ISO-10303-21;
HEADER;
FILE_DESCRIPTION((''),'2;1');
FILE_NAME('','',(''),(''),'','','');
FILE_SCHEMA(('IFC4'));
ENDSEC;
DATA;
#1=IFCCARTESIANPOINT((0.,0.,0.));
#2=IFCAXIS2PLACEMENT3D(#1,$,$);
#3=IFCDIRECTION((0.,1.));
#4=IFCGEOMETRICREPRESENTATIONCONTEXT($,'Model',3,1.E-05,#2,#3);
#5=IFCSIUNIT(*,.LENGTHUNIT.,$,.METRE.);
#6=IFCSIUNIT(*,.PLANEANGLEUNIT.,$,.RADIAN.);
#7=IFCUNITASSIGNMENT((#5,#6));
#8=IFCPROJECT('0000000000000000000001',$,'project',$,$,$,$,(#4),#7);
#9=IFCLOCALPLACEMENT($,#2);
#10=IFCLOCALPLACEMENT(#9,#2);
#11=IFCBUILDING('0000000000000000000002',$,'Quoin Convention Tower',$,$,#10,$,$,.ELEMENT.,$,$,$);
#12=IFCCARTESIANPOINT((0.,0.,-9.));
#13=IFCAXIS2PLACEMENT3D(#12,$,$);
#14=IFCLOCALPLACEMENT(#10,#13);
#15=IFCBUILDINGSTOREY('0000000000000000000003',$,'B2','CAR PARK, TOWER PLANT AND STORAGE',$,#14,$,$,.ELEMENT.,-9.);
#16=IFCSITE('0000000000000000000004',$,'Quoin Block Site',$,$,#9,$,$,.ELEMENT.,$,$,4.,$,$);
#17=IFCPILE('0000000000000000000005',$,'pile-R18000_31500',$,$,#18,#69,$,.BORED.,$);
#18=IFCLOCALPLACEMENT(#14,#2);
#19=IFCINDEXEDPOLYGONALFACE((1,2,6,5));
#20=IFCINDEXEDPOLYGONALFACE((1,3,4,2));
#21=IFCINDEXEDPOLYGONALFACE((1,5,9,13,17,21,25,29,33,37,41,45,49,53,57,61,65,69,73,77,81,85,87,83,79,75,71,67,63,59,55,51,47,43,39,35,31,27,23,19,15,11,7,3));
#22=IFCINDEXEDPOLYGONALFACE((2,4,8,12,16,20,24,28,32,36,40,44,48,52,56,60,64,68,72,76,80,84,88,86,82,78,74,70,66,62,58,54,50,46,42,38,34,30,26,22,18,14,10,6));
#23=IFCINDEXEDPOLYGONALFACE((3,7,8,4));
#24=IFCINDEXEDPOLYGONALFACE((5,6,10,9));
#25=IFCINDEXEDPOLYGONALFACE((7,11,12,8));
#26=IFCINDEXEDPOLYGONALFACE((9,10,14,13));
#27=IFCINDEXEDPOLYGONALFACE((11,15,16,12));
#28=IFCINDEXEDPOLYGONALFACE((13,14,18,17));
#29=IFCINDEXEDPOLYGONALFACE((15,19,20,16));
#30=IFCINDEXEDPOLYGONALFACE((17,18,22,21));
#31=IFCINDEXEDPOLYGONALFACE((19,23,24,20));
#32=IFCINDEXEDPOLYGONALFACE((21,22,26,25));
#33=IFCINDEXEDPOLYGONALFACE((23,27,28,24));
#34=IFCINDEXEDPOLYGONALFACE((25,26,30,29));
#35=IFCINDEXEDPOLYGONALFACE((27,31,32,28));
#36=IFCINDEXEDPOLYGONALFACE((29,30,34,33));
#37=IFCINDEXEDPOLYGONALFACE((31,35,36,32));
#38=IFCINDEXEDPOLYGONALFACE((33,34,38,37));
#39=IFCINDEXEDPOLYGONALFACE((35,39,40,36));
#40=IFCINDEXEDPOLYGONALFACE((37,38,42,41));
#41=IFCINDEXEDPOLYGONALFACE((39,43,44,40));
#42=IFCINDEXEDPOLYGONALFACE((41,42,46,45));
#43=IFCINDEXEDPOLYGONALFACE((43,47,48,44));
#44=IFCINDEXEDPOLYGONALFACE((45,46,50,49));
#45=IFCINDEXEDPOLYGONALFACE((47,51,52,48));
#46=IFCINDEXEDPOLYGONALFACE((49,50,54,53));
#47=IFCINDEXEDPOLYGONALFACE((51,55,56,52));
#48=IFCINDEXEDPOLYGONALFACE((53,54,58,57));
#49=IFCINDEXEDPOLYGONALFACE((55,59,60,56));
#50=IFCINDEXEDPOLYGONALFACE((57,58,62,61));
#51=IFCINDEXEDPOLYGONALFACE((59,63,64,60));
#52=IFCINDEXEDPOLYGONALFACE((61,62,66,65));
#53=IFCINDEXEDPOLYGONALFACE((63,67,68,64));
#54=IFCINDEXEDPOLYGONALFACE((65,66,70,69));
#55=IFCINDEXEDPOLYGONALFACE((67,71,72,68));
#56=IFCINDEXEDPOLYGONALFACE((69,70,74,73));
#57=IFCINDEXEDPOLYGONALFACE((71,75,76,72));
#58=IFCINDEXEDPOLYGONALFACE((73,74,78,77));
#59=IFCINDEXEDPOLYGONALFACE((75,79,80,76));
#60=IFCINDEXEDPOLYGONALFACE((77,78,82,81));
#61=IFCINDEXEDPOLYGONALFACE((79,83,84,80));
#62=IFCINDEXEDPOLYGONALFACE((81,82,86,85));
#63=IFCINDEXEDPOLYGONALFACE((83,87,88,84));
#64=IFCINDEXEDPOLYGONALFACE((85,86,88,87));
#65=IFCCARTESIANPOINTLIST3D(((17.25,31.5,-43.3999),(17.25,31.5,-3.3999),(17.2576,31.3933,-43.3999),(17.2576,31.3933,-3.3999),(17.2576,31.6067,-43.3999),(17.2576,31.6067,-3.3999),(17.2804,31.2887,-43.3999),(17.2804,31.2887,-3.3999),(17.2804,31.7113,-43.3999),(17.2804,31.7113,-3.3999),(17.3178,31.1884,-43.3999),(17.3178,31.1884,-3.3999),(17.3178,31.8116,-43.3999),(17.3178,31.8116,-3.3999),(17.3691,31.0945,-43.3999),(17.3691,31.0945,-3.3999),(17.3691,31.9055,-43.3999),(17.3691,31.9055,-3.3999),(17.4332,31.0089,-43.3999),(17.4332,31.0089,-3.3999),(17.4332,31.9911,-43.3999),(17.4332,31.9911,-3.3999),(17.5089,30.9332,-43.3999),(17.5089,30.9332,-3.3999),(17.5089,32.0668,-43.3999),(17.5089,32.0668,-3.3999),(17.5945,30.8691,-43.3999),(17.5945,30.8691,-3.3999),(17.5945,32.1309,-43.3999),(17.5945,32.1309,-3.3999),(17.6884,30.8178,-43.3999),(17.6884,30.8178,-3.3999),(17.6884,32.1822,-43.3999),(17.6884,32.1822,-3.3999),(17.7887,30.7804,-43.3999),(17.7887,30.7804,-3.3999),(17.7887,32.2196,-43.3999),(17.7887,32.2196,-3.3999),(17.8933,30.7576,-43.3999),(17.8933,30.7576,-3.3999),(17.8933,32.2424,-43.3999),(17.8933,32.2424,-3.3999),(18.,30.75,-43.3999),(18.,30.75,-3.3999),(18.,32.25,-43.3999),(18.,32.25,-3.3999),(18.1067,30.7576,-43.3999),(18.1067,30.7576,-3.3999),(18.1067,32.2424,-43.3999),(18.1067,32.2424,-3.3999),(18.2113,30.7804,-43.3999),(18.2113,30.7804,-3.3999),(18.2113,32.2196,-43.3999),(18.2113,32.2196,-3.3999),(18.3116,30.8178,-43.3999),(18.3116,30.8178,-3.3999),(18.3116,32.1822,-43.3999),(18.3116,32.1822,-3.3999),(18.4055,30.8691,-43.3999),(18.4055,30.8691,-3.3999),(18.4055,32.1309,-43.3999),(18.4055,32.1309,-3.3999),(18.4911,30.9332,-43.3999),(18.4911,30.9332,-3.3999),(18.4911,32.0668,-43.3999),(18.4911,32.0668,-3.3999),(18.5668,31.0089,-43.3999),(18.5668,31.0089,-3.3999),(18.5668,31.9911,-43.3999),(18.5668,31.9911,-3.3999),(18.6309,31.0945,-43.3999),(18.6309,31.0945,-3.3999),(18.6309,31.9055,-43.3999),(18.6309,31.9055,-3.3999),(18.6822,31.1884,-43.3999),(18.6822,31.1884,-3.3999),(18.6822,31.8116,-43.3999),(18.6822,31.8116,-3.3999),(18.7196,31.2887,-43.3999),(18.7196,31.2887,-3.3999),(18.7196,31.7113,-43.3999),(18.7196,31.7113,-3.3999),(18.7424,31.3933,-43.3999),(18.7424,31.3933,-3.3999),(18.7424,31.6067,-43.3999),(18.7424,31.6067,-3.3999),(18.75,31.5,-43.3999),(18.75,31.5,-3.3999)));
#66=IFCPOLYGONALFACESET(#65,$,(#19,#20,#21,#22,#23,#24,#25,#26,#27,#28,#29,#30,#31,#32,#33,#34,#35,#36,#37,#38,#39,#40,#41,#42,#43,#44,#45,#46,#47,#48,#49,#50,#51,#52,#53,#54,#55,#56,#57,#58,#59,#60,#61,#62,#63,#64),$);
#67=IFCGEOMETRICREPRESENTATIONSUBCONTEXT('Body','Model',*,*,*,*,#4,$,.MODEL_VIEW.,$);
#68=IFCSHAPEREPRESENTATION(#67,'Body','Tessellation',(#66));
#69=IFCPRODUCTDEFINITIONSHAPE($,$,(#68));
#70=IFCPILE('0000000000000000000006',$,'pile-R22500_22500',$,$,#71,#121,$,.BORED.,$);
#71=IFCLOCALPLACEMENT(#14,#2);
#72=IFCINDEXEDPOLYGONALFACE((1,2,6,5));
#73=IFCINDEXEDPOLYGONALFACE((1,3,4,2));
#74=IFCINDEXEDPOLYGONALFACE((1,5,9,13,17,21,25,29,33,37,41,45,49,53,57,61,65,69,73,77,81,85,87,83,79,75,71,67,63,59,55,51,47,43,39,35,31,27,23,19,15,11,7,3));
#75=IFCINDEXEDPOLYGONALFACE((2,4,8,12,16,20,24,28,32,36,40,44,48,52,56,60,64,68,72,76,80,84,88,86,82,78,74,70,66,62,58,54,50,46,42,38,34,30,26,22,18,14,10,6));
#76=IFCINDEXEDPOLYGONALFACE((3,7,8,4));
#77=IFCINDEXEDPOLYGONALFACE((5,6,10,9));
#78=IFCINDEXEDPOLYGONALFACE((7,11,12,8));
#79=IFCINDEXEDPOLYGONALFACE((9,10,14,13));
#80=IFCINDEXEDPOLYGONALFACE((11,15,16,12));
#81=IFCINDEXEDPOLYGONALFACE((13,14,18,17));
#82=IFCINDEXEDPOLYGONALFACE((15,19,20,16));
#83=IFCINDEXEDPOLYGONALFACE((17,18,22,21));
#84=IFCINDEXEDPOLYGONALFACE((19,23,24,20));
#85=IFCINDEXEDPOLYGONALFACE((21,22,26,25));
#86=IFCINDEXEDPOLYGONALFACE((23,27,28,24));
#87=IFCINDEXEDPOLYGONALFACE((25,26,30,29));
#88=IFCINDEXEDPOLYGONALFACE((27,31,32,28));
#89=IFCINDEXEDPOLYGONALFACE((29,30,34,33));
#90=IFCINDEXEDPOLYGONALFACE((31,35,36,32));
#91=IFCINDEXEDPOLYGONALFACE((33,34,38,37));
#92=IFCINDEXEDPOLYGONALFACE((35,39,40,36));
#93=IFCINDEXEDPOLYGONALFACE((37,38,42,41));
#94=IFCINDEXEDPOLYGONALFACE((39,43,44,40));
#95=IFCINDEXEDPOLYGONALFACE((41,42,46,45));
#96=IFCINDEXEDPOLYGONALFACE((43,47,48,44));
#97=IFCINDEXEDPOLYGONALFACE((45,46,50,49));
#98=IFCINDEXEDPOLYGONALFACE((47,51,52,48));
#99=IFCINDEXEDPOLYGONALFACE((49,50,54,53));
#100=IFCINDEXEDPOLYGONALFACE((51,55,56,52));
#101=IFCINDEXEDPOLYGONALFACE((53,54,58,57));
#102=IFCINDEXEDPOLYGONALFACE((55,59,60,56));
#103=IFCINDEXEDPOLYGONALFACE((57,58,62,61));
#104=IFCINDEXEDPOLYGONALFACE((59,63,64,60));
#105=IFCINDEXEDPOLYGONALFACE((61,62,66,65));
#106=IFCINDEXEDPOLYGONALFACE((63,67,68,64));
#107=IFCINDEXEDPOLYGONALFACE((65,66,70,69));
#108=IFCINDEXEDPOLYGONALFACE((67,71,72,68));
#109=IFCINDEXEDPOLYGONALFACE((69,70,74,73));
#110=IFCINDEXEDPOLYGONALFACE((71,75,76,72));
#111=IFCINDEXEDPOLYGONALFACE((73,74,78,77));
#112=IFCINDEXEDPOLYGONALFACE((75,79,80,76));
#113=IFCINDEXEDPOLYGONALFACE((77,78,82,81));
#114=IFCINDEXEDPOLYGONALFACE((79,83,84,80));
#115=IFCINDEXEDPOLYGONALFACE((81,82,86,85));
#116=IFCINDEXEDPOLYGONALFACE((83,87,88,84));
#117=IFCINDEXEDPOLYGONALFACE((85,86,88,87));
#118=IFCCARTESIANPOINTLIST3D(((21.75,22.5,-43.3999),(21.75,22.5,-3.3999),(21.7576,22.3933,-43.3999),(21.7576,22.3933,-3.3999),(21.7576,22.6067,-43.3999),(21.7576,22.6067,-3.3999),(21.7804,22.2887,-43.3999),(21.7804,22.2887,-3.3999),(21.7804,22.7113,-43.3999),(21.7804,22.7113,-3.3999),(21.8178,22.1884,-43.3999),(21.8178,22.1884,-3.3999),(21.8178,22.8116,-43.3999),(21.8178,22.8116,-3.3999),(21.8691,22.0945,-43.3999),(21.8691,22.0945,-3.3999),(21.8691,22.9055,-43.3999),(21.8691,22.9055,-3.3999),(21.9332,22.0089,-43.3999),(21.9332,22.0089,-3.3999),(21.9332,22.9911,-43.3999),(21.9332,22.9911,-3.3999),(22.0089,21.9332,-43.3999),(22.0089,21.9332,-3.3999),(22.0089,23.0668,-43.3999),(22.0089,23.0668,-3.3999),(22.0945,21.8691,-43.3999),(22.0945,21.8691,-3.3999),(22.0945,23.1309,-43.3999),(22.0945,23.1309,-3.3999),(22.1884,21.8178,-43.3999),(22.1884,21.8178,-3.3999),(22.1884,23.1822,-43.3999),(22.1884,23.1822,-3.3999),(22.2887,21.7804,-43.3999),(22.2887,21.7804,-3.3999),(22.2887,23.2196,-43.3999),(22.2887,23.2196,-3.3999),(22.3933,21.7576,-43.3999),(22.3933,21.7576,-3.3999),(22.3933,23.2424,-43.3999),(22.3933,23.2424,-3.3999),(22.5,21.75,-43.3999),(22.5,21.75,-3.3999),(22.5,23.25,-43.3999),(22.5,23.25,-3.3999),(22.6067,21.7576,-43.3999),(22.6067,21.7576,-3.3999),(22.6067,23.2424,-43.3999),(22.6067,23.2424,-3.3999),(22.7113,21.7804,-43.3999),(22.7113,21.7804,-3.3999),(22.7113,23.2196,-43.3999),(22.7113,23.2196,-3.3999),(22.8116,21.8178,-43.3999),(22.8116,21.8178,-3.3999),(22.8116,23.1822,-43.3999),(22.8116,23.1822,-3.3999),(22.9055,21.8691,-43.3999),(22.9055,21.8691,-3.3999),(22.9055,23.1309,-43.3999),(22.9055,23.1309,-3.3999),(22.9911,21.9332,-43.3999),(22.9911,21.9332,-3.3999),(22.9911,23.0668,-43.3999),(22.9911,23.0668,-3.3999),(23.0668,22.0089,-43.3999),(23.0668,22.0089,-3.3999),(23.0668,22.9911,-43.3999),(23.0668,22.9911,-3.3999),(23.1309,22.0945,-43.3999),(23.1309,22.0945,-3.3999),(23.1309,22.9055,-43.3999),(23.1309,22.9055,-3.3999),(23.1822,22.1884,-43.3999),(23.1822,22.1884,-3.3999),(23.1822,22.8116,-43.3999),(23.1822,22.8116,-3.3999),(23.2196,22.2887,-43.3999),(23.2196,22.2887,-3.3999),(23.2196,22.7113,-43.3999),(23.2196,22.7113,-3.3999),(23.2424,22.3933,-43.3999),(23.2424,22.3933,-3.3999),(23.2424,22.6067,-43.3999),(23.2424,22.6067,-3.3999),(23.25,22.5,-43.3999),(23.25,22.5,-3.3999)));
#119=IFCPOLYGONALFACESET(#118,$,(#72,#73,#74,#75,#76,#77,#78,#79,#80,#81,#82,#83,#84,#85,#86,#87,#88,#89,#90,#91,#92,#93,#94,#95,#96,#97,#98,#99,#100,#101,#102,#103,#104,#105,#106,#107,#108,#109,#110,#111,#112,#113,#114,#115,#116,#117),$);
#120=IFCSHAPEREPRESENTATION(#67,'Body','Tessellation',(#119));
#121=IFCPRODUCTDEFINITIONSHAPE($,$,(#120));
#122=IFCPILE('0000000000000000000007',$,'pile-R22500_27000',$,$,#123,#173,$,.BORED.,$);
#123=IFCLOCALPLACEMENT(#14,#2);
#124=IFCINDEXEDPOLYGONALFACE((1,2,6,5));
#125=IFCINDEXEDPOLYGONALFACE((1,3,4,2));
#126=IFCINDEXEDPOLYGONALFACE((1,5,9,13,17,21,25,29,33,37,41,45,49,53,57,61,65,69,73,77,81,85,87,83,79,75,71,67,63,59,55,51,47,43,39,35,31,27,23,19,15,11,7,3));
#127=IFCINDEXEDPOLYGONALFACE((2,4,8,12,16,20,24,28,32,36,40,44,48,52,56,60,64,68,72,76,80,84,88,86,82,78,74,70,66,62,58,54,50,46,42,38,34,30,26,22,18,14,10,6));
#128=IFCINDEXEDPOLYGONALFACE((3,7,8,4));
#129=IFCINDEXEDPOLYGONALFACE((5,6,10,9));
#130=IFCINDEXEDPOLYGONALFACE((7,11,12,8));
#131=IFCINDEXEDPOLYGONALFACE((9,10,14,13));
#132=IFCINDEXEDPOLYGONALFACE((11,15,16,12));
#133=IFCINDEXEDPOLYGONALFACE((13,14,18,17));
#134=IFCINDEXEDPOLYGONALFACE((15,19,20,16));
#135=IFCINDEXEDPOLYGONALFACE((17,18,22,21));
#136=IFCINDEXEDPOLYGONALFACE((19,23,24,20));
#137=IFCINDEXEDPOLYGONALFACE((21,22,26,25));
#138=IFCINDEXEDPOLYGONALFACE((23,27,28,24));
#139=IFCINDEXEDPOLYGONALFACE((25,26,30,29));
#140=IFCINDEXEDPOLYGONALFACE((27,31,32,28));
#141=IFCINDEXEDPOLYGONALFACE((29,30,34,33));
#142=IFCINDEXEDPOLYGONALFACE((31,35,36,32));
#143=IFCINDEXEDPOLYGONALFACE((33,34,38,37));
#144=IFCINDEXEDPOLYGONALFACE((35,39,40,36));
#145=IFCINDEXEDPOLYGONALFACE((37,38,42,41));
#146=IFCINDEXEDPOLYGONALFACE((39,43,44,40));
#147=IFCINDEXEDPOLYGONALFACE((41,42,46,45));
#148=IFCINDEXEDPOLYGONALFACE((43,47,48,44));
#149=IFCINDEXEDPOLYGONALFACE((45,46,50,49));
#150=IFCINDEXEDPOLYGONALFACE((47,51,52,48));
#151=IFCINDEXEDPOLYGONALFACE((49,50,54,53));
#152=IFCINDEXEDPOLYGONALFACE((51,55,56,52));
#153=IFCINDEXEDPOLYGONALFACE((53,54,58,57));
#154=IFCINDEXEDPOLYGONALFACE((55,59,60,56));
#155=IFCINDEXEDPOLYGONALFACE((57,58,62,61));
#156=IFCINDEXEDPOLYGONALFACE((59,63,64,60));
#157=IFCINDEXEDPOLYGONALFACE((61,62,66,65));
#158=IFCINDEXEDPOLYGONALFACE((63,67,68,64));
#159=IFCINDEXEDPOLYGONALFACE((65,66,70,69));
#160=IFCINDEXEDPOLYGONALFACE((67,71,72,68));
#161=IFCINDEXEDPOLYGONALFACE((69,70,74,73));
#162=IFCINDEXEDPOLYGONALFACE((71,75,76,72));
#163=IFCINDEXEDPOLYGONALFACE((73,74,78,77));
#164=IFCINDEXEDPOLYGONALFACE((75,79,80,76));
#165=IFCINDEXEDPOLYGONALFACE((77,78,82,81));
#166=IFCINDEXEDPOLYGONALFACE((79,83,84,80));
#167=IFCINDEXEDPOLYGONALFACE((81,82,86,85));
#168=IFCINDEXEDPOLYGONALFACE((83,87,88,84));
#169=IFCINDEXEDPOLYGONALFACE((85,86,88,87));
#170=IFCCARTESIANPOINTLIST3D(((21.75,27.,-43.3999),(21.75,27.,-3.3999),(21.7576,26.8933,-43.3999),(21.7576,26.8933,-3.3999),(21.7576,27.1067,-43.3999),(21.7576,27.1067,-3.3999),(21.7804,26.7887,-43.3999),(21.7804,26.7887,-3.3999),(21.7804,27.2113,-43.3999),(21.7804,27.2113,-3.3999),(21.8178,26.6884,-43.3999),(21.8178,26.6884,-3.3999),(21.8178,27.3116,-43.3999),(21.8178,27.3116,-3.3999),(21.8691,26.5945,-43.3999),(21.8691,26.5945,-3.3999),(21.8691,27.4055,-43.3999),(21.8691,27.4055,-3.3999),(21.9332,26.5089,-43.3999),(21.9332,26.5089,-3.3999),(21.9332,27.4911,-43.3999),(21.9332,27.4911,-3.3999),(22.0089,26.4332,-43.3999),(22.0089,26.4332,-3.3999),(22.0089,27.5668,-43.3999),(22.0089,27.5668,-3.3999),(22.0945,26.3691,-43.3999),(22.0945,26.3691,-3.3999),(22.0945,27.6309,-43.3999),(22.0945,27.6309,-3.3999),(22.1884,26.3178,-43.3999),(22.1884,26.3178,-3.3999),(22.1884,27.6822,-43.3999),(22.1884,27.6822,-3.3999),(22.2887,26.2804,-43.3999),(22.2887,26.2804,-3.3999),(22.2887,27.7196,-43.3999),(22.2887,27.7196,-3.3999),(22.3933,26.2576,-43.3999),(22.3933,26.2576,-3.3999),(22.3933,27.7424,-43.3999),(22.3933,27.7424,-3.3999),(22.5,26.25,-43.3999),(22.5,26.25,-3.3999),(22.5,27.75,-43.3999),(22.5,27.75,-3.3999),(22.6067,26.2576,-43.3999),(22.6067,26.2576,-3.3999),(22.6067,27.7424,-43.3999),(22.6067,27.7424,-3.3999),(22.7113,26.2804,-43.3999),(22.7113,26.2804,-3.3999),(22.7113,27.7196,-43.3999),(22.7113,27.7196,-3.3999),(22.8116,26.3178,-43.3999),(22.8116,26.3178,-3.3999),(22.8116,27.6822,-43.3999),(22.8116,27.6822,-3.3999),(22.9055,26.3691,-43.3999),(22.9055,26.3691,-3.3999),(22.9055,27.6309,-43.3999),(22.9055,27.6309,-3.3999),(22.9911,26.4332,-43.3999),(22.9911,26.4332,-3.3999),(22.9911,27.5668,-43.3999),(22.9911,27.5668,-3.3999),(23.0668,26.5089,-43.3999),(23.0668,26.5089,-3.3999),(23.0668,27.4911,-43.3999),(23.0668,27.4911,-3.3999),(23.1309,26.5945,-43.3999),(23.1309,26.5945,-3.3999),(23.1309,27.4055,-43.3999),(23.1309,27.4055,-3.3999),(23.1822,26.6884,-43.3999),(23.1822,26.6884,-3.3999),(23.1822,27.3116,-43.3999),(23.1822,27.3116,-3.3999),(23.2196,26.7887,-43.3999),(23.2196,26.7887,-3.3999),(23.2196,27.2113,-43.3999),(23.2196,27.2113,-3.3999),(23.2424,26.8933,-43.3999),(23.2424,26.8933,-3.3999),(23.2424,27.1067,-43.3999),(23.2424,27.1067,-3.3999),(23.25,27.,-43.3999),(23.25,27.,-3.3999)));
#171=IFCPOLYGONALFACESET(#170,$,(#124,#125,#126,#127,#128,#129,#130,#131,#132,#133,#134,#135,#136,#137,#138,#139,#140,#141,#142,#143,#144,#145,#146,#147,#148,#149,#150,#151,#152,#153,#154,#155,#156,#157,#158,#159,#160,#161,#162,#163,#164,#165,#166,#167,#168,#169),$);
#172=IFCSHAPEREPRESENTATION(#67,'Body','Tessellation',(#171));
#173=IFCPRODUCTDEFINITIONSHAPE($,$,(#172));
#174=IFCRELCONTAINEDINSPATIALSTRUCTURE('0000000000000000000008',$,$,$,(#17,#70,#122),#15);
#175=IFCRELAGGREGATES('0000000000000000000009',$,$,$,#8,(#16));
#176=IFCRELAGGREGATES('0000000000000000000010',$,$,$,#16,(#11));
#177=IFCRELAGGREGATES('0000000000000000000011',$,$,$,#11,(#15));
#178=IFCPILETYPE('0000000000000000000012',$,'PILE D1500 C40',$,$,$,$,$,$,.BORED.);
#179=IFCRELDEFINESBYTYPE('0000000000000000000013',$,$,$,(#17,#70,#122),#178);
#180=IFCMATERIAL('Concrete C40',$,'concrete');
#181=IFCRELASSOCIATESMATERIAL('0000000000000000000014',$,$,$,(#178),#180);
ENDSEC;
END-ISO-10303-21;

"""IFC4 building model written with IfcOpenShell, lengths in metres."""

from ifc_helpers import new_model, si_unit, direction, frame, origin, origin_2d, place, context, subcontext, project, spatial, circle, extrude, material, material_profile, profile_set, type_object, element, save


model = new_model("IFC4")

# Units and contexts
model_context = context("Model", 3, precision=1e-05, world=origin(), true_north=direction((0.0, 1.0)))
body_context = subcontext(model_context, "Body", "Model", "MODEL_VIEW")
ifc_project = project(units=[si_unit("LENGTHUNIT", "METRE"), si_unit("PLANEANGLEUNIT", "RADIAN")], contexts=[model_context])

# Site, building, storey
site_placement = place(None, origin())
site = spatial("IfcSite", under=ifc_project, at=site_placement, Name="Quoin Block Site", CompositionType="ELEMENT", RefElevation=4.0)
building_placement = place(site_placement, origin())
building = spatial("IfcBuilding", under=site, at=building_placement, Name="Quoin Convention Tower", CompositionType="ELEMENT")
storey_placement = place(building_placement, frame((0.0, 0.0, -9.0)))
storey = spatial("IfcBuildingStorey", under=building, at=storey_placement, Name="B2", Description="CAR PARK, TOWER PLANT AND STORAGE", CompositionType="ELEMENT", Elevation=-9.0)

# Piles
ifc_material_1 = material(Name="Concrete C40", Category="concrete")
ifc_material_profile_1 = material_profile(ifc_material_1, circle(Radius=0.75, at=origin_2d()), Name="D1500")
ifc_profile_set_1 = profile_set([ifc_material_profile_1], Name="Concrete C40")
pile_type = type_object("IfcPileType", Name="PILE D1500 C40", PredefinedType="BORED", material=ifc_profile_set_1)
for number, where, z_axis, x_axis, name in (
    (1, (18.0, 31.5, -3.3999), (0.0, 0.0, -1.0), (1.0, 0.0, 0.0), "pile-R18000_31500"),
    (2, (22.5, 22.5, -3.3999), (0.0, 0.0, -1.0), (1.0, 0.0, 0.0), "pile-R22500_22500"),
    (3, (22.5, 27.0, -3.3999), (0.0, 0.0, -1.0), (1.0, 0.0, 0.0), "pile-R22500_27000"),
):
    element("IfcPile", number, at=place(storey_placement, frame(where, z_axis=z_axis, x_axis=x_axis)), inside=storey, type_object=pile_type, Name=name, PredefinedType="BORED", context=body_context, shape_type="SweptSolid", body=[
        extrude(circle(Radius=0.75, at=origin_2d()), origin(), (0.0, 0.0, 1.0), 40.0),
    ])

save(model, "model.ifc")
